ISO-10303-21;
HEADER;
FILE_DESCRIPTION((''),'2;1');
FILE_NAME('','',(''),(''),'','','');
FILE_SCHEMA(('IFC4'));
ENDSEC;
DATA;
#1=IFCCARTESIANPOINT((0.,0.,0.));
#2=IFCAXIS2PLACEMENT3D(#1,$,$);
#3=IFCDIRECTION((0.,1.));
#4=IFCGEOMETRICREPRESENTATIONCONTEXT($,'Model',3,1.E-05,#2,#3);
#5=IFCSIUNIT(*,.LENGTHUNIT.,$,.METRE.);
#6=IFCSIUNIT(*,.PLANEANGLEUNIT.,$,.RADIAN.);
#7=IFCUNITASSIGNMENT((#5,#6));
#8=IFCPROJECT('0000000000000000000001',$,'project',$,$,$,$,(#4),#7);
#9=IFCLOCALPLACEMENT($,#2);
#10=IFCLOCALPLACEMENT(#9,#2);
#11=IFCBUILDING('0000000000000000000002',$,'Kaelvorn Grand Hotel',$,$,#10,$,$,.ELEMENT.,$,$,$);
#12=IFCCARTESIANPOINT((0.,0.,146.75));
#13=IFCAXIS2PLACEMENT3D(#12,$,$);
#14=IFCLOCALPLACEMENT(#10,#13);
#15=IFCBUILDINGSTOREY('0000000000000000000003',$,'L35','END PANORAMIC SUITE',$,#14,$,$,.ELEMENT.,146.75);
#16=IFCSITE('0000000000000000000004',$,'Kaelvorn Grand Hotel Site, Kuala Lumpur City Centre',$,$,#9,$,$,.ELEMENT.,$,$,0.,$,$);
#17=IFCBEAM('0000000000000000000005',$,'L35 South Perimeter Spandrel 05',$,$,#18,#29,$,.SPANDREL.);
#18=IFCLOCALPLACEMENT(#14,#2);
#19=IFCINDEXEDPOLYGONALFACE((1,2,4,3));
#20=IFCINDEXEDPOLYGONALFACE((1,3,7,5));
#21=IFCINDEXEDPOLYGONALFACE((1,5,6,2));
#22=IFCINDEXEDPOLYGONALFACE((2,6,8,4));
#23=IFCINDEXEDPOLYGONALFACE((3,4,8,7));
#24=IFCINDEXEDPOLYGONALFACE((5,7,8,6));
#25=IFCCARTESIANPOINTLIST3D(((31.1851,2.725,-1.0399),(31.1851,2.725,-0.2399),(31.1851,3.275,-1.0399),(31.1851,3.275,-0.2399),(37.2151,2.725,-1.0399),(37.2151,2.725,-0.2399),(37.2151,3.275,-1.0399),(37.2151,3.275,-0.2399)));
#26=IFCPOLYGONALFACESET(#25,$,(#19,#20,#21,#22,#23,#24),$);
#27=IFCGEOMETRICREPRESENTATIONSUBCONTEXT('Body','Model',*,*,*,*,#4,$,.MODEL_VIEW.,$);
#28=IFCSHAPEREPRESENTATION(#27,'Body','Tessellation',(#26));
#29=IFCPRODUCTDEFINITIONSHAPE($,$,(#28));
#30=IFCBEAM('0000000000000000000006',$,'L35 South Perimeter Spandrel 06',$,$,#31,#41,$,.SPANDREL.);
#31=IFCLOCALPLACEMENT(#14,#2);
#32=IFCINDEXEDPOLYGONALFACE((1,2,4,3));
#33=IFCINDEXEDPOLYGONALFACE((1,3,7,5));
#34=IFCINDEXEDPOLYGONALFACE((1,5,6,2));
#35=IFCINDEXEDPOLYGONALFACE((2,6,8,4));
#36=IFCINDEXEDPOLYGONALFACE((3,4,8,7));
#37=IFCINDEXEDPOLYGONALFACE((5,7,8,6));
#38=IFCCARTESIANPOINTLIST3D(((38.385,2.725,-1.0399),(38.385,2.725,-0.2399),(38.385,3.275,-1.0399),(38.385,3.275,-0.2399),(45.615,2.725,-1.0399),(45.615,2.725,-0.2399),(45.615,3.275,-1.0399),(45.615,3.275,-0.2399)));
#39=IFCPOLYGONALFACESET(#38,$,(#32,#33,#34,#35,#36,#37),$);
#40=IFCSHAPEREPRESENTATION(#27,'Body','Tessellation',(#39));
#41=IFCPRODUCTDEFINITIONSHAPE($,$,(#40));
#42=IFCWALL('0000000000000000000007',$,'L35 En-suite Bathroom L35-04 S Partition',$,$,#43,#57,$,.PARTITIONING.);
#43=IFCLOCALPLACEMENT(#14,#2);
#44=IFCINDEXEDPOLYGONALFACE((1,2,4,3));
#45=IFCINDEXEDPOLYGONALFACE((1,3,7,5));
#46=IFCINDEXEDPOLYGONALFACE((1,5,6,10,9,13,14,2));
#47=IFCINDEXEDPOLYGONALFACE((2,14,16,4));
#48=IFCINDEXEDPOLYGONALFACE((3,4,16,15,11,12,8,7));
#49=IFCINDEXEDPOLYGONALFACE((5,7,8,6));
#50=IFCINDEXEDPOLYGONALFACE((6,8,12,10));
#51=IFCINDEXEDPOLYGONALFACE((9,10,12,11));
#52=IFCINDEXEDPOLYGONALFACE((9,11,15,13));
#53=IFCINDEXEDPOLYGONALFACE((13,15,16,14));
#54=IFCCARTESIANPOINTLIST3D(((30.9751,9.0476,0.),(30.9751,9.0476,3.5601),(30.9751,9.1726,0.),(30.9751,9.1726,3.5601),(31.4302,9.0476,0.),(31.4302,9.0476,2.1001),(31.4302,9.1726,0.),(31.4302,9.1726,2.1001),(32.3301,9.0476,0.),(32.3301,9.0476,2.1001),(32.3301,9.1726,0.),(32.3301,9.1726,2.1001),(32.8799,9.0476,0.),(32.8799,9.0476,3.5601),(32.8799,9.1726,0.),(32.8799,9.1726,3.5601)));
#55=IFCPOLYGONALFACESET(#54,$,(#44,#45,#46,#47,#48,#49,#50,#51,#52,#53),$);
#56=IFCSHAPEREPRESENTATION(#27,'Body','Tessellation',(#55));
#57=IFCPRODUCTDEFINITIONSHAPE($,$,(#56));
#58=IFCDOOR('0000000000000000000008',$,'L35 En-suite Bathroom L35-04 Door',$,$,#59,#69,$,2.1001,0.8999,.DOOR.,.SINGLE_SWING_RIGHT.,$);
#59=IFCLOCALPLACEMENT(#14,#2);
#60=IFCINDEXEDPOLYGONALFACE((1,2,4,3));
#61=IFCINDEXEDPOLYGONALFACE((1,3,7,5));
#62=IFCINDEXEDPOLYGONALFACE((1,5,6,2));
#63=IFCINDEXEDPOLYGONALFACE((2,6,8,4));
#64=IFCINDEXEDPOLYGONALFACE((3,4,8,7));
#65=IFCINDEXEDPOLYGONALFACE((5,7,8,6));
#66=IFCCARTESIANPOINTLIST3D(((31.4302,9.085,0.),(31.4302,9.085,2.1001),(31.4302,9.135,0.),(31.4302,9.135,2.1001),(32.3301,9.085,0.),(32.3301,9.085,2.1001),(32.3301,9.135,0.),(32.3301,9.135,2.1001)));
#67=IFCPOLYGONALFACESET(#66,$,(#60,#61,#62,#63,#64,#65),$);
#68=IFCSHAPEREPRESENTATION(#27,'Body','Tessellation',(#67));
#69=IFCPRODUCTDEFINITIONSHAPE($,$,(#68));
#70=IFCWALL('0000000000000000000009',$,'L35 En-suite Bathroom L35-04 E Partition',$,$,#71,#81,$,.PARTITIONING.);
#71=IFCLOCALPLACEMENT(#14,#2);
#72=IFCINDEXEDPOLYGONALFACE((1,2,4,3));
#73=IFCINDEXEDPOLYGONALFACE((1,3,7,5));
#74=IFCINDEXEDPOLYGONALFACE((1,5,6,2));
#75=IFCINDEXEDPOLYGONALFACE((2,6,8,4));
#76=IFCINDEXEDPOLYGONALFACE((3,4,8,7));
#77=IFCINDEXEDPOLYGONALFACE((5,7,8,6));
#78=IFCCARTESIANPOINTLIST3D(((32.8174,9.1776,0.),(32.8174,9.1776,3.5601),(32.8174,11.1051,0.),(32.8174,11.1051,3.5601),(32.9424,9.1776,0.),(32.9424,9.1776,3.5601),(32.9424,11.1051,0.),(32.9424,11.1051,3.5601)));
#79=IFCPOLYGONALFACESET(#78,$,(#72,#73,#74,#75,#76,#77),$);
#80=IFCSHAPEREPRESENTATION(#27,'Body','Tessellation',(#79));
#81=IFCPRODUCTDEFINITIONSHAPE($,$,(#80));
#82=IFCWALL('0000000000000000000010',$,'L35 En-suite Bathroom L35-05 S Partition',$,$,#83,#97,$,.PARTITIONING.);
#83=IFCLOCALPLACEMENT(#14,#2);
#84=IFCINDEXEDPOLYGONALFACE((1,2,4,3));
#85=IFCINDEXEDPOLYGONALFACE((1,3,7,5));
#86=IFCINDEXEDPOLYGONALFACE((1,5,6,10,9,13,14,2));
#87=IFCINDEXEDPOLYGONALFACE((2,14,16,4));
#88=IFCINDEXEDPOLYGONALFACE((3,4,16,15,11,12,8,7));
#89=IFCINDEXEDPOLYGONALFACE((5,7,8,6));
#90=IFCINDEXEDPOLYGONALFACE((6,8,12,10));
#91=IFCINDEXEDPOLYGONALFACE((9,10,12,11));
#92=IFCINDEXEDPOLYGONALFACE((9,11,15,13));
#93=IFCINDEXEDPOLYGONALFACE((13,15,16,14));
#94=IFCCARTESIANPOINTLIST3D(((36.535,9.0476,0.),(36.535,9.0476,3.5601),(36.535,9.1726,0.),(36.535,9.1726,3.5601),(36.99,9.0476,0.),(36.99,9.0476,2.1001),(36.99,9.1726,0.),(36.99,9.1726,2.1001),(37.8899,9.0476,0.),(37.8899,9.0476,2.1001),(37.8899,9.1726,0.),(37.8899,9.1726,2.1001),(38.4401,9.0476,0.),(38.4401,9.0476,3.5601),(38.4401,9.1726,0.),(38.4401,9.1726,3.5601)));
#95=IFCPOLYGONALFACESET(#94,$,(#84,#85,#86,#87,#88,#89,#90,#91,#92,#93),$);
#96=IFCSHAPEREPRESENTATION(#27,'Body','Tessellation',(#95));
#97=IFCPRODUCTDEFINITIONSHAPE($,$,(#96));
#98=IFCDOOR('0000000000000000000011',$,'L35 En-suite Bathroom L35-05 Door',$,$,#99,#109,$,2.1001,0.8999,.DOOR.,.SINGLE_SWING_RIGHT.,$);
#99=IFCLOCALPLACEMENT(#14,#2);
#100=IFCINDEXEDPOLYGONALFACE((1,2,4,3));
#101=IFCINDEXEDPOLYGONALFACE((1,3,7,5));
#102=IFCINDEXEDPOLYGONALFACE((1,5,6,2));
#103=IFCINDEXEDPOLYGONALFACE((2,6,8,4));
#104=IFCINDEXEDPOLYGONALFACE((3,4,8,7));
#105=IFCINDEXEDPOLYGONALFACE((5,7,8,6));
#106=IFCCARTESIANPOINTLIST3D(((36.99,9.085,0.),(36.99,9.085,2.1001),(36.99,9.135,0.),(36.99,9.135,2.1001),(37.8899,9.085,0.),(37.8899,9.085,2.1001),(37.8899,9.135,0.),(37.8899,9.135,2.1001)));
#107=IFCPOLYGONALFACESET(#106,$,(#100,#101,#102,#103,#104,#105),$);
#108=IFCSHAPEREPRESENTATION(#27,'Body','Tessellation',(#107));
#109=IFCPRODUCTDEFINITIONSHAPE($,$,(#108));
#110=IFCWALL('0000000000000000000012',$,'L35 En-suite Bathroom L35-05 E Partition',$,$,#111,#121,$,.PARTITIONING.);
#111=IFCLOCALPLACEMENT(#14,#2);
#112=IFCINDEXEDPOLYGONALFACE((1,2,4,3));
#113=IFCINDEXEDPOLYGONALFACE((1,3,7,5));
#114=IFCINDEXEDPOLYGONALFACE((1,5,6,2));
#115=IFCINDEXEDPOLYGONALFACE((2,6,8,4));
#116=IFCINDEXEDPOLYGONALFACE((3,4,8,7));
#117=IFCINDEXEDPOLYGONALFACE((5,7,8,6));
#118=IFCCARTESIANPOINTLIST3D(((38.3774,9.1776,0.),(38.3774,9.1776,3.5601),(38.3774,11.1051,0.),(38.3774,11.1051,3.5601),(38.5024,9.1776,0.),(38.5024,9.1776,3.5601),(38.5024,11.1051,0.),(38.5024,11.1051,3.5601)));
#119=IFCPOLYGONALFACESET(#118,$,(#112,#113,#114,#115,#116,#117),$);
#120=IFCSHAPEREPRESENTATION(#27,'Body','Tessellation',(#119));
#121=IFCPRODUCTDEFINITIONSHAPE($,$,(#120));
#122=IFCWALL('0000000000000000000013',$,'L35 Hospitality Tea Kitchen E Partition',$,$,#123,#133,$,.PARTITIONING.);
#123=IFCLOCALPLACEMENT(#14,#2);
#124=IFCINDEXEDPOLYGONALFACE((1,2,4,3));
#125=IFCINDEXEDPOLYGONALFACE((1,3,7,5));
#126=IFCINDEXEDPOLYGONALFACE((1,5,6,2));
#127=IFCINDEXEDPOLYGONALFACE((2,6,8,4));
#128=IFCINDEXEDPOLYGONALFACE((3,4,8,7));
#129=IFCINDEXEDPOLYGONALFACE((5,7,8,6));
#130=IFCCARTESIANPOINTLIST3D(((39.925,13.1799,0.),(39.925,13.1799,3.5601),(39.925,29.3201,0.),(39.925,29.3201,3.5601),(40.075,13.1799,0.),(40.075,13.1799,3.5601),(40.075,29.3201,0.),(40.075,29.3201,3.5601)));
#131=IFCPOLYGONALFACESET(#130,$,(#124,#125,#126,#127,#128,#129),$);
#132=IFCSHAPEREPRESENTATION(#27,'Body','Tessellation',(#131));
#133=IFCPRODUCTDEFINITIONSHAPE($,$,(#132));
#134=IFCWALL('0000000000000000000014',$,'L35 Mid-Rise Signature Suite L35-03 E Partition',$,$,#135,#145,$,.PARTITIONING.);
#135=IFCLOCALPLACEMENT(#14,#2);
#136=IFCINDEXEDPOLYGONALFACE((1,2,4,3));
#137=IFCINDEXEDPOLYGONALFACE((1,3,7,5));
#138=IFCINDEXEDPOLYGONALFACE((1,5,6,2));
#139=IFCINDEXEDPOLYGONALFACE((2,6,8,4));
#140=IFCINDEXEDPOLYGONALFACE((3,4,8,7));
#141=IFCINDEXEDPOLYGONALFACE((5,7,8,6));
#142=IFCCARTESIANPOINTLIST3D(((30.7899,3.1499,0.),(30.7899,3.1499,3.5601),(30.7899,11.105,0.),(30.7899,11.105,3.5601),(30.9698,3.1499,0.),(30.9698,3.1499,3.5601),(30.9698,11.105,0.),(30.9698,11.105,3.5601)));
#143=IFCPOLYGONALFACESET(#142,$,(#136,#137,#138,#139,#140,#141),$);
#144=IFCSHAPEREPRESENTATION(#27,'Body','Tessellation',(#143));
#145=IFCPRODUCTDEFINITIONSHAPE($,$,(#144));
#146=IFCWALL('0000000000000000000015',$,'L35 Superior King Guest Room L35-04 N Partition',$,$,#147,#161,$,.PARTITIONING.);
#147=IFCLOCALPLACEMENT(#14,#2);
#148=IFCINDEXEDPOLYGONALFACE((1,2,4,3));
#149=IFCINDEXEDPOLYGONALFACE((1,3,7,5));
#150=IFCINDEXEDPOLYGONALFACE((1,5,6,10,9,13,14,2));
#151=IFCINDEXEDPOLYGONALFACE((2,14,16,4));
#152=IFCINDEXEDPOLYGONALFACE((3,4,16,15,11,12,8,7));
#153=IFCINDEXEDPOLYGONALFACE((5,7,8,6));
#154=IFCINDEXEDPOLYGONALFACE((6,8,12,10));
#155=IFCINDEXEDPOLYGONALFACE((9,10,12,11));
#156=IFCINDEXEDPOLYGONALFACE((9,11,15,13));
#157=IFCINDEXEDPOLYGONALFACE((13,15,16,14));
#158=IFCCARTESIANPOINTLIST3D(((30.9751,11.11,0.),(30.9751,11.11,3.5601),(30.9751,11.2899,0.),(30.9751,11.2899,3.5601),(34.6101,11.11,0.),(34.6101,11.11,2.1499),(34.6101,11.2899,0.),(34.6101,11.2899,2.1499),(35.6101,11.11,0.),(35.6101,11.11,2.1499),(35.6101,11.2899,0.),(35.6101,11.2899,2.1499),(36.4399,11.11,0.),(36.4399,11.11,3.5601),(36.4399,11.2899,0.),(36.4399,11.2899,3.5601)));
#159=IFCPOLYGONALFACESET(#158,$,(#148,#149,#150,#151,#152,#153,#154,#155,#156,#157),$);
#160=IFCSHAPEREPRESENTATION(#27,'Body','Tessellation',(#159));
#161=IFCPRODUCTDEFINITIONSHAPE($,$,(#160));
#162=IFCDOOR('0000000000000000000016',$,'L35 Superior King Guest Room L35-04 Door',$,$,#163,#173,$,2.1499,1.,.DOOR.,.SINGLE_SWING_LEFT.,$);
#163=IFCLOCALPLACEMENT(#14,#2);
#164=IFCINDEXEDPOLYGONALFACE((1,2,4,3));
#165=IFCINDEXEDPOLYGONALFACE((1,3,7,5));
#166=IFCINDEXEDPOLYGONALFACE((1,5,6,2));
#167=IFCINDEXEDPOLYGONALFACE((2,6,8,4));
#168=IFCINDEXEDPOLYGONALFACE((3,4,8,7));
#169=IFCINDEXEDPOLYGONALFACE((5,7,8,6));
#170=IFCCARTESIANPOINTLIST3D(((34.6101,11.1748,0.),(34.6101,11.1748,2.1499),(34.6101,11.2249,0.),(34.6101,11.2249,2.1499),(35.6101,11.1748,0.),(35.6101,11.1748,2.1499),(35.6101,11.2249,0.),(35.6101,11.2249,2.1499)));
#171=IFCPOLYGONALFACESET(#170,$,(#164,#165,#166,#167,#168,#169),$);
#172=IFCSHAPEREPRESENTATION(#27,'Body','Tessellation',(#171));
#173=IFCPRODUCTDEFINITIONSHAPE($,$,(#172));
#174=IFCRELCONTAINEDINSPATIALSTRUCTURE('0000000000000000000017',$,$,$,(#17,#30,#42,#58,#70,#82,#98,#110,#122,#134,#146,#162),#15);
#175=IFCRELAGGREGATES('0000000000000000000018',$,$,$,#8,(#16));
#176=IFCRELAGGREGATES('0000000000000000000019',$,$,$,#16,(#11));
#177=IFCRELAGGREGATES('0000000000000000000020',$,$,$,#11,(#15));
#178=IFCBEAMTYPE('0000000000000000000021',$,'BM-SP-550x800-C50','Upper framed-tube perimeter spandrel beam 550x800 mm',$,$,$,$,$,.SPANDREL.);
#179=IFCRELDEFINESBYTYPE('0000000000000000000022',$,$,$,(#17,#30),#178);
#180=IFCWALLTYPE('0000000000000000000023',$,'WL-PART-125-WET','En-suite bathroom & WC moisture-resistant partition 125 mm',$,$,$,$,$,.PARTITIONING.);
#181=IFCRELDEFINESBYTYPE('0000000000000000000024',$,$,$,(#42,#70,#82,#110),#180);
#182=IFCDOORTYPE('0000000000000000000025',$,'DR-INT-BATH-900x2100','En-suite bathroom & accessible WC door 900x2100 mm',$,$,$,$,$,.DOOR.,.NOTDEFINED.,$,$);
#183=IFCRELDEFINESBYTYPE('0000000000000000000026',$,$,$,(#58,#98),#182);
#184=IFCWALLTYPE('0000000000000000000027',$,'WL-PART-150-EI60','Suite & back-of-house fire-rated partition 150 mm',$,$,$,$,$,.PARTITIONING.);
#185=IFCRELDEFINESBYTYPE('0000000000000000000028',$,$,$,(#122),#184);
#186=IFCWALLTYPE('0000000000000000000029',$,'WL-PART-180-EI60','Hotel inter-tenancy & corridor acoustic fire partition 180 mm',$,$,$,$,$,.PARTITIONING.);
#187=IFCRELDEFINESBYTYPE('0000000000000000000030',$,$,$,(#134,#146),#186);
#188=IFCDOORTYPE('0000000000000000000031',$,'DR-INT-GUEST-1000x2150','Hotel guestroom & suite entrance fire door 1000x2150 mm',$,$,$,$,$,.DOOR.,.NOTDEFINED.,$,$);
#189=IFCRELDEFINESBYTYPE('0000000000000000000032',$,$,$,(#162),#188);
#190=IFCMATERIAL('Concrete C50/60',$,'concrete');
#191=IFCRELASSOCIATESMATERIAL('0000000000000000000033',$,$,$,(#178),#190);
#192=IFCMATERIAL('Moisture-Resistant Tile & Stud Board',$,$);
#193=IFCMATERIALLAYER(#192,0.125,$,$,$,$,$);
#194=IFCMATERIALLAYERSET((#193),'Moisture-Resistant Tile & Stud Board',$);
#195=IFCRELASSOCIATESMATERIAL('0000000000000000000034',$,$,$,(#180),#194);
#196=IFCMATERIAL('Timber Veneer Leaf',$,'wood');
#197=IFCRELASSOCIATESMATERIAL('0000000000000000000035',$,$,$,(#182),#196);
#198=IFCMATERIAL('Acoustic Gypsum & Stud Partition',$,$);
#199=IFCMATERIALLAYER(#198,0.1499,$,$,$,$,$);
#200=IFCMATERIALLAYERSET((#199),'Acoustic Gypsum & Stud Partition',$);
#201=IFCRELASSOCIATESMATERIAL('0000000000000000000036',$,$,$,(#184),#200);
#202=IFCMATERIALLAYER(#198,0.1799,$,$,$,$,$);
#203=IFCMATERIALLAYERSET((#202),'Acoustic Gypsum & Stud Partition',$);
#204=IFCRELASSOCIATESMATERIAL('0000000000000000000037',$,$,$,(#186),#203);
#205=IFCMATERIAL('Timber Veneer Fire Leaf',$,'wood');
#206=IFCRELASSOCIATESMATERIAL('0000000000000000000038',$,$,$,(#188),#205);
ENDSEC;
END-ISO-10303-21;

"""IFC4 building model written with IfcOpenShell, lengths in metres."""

from ifc_helpers import new_model, si_unit, direction, frame, frame_2d, origin, origin_2d, place, context, subcontext, project, spatial, rectangle, extrude, material, layer, layer_set, material_profile, profile_set, type_object, element, fill, save


model = new_model("IFC4")

# Units and contexts
model_context = context("Model", 3, precision=1e-05, world=origin(), true_north=direction((0.0, 1.0)))
body_context = subcontext(model_context, "Body", "Model", "MODEL_VIEW")
ifc_project = project(units=[si_unit("LENGTHUNIT", "METRE"), si_unit("PLANEANGLEUNIT", "RADIAN")], contexts=[model_context])

# Site, building, storey
site_placement = place(None, origin())
site = spatial("IfcSite", under=ifc_project, at=site_placement, Name="Kaelvorn Grand Hotel Site, Kuala Lumpur City Centre", CompositionType="ELEMENT", RefElevation=0.0)
building_placement = place(site_placement, origin())
building = spatial("IfcBuilding", under=site, at=building_placement, Name="Kaelvorn Grand Hotel", CompositionType="ELEMENT")
storey_placement = place(building_placement, frame((0.0, 0.0, 146.75)))
storey = spatial("IfcBuildingStorey", under=building, at=storey_placement, Name="L35", Description="END PANORAMIC SUITE", CompositionType="ELEMENT", Elevation=146.75)

# Beams
ifc_material_1 = material(Name="Concrete C50/60", Category="concrete")
ifc_material_profile_1 = material_profile(ifc_material_1, rectangle(XDim=0.55, YDim=0.8, at=origin_2d()), Name="RC SPANDREL 550x800")
ifc_profile_set_1 = profile_set([ifc_material_profile_1], Name="Concrete C50/60")
beam_type_1 = type_object("IfcBeamType", Name="BM-SP-550x800-C50", Description="Upper framed-tube perimeter spandrel beam 550x800 mm", PredefinedType="SPANDREL", material=ifc_profile_set_1)
beam_1_placement = place(storey_placement, frame((31.1851, 3.0, -0.6399), z_axis=(1.0, 0.0, 0.0), x_axis=(0.0, 1.0, 0.0)))
element("IfcBeam", 1, at=beam_1_placement, inside=storey, type_object=beam_type_1, Name="L35 South Perimeter Spandrel 05", PredefinedType="SPANDREL", context=body_context, shape_type="SweptSolid", body=[
    extrude(rectangle(XDim=0.55, YDim=0.8, at=origin_2d()), origin(), (0.0, 0.0, 1.0), 6.03),
])
beam_2_placement = place(storey_placement, frame((38.385, 3.0, -0.6399), z_axis=(1.0, 0.0, 0.0), x_axis=(0.0, 1.0, 0.0)))
element("IfcBeam", 2, at=beam_2_placement, inside=storey, type_object=beam_type_1, Name="L35 South Perimeter Spandrel 06", PredefinedType="SPANDREL", context=body_context, shape_type="SweptSolid", body=[
    extrude(rectangle(XDim=0.55, YDim=0.8, at=origin_2d()), origin(), (0.0, 0.0, 1.0), 7.23),
])

# Wall, opening, door
ifc_material_2 = material(Name="Moisture-Resistant Tile & Stud Board")
ifc_layer_1 = layer(ifc_material_2, 0.125)
ifc_layer_set_1 = layer_set([ifc_layer_1], Name="Moisture-Resistant Tile & Stud Board")
wall_type_1 = type_object("IfcWallType", Name="WL-PART-125-WET", Description="En-suite bathroom & WC moisture-resistant partition 125 mm", PredefinedType="PARTITIONING", material=ifc_layer_set_1)
wall_1_placement = place(storey_placement, frame((30.9751, 9.1101, 0.0), z_axis=(0.0, 0.0, 1.0), x_axis=(1.0, 0.0, 0.0)))
wall_1 = element("IfcWall", 3, at=wall_1_placement, inside=storey, type_object=wall_type_1, Name="L35 En-suite Bathroom L35-04 S Partition", PredefinedType="PARTITIONING", context=body_context, shape_type="SweptSolid", body=[
    extrude(rectangle(XDim=1.9048, YDim=0.125, at=frame_2d((0.9524, 0.0))), origin(), (0.0, 0.0, 1.0), 3.5601),
])
opening_1_placement = place(wall_1_placement, frame((0.4551, 0.0, 0.0)))
opening_1 = element("IfcOpeningElement", 4, at=opening_1_placement, cuts=wall_1, PredefinedType="OPENING", context=body_context, shape_type="SweptSolid", body=[
    extrude(rectangle(XDim=0.8999, YDim=2.1001, at=frame_2d((0.45, 1.05))), frame((0.0, 0.0725, 0.0), z_axis=(0.0, -1.0, 0.0), x_axis=(1.0, 0.0, 0.0)), (0.0, 0.0, 1.0), 0.145),
])
ifc_material_3 = material(Name="Timber Veneer Leaf", Category="wood")
door_type_1 = type_object("IfcDoorType", Name="DR-INT-BATH-900x2100", Description="En-suite bathroom & accessible WC door 900x2100 mm", OperationType="NOTDEFINED", PredefinedType="DOOR", material=ifc_material_3)
door_1_placement = place(opening_1_placement, origin())
door_1 = element("IfcDoor", 5, at=door_1_placement, inside=storey, type_object=door_type_1, Name="L35 En-suite Bathroom L35-04 Door", OperationType="SINGLE_SWING_RIGHT", OverallHeight=2.1001, OverallWidth=0.8999, PredefinedType="DOOR", context=body_context, shape_type="SweptSolid", body=[
    extrude(rectangle(XDim=0.8999, YDim=2.1001, at=frame_2d((0.45, 1.05))), frame((0.0, 0.0249, 0.0), z_axis=(0.0, -1.0, 0.0), x_axis=(1.0, 0.0, 0.0)), (0.0, 0.0, 1.0), 0.05),
])
fill(opening_1, door_1)

# Wall
wall_2_placement = place(storey_placement, frame((32.8799, 9.1775, 0.0), z_axis=(0.0, 0.0, 1.0), x_axis=(0.0, 1.0, 0.0)))
element("IfcWall", 6, at=wall_2_placement, inside=storey, type_object=wall_type_1, Name="L35 En-suite Bathroom L35-04 E Partition", PredefinedType="PARTITIONING", context=body_context, shape_type="SweptSolid", body=[
    extrude(rectangle(XDim=1.9275, YDim=0.125, at=frame_2d((0.9639, 0.0))), origin(), (0.0, 0.0, 1.0), 3.5601),
])

# Wall, opening, door
wall_3_placement = place(storey_placement, frame((36.5349, 9.1101, 0.0), z_axis=(0.0, 0.0, 1.0), x_axis=(1.0, 0.0, 0.0)))
wall_3 = element("IfcWall", 7, at=wall_3_placement, inside=storey, type_object=wall_type_1, Name="L35 En-suite Bathroom L35-05 S Partition", PredefinedType="PARTITIONING", context=body_context, shape_type="SweptSolid", body=[
    extrude(rectangle(XDim=1.905, YDim=0.125, at=frame_2d((0.9526, 0.0))), origin(), (0.0, 0.0, 1.0), 3.5601),
])
opening_2_placement = place(wall_3_placement, frame((0.4551, 0.0, 0.0)))
opening_2 = element("IfcOpeningElement", 8, at=opening_2_placement, cuts=wall_3, PredefinedType="OPENING", context=body_context, shape_type="SweptSolid", body=[
    extrude(rectangle(XDim=0.8999, YDim=2.1001, at=frame_2d((0.45, 1.05))), frame((0.0, 0.0725, 0.0), z_axis=(0.0, -1.0, 0.0), x_axis=(1.0, 0.0, 0.0)), (0.0, 0.0, 1.0), 0.145),
])
door_2_placement = place(opening_2_placement, origin())
door_2 = element("IfcDoor", 9, at=door_2_placement, inside=storey, type_object=door_type_1, Name="L35 En-suite Bathroom L35-05 Door", OperationType="SINGLE_SWING_RIGHT", OverallHeight=2.1001, OverallWidth=0.8999, PredefinedType="DOOR", context=body_context, shape_type="SweptSolid", body=[
    extrude(rectangle(XDim=0.8999, YDim=2.1001, at=frame_2d((0.45, 1.05))), frame((0.0, 0.0249, 0.0), z_axis=(0.0, -1.0, 0.0), x_axis=(1.0, 0.0, 0.0)), (0.0, 0.0, 1.0), 0.05),
])
fill(opening_2, door_2)

# Walls
wall_4_placement = place(storey_placement, frame((38.4399, 9.1775, 0.0), z_axis=(0.0, 0.0, 1.0), x_axis=(0.0, 1.0, 0.0)))
element("IfcWall", 10, at=wall_4_placement, inside=storey, type_object=wall_type_1, Name="L35 En-suite Bathroom L35-05 E Partition", PredefinedType="PARTITIONING", context=body_context, shape_type="SweptSolid", body=[
    extrude(rectangle(XDim=1.9275, YDim=0.125, at=frame_2d((0.9639, 0.0))), origin(), (0.0, 0.0, 1.0), 3.5601),
])
ifc_material_4 = material(Name="Acoustic Gypsum & Stud Partition")
ifc_layer_2 = layer(ifc_material_4, 0.1499)
ifc_layer_set_2 = layer_set([ifc_layer_2], Name="Acoustic Gypsum & Stud Partition")
wall_type_2 = type_object("IfcWallType", Name="WL-PART-150-EI60", Description="Suite & back-of-house fire-rated partition 150 mm", PredefinedType="PARTITIONING", material=ifc_layer_set_2)
wall_5_placement = place(storey_placement, frame((40.0, 13.1799, 0.0), z_axis=(0.0, 0.0, 1.0), x_axis=(0.0, 1.0, 0.0)))
element("IfcWall", 11, at=wall_5_placement, inside=storey, type_object=wall_type_2, Name="L35 Hospitality Tea Kitchen E Partition", PredefinedType="PARTITIONING", context=body_context, shape_type="SweptSolid", body=[
    extrude(rectangle(XDim=16.1401, YDim=0.1499, at=frame_2d((8.0701, 0.0))), origin(), (0.0, 0.0, 1.0), 3.5601),
])
ifc_layer_3 = layer(ifc_material_4, 0.1799)
ifc_layer_set_3 = layer_set([ifc_layer_3], Name="Acoustic Gypsum & Stud Partition")
wall_type_3 = type_object("IfcWallType", Name="WL-PART-180-EI60", Description="Hotel inter-tenancy & corridor acoustic fire partition 180 mm", PredefinedType="PARTITIONING", material=ifc_layer_set_3)
wall_6_placement = place(storey_placement, frame((30.8799, 3.1499, 0.0), z_axis=(0.0, 0.0, 1.0), x_axis=(0.0, 1.0, 0.0)))
element("IfcWall", 12, at=wall_6_placement, inside=storey, type_object=wall_type_3, Name="L35 Mid-Rise Signature Suite L35-03 E Partition", PredefinedType="PARTITIONING", context=body_context, shape_type="SweptSolid", body=[
    extrude(rectangle(XDim=7.9551, YDim=0.1799, at=frame_2d((3.9775, 0.0))), origin(), (0.0, 0.0, 1.0), 3.5601),
])

# Wall, opening, door
wall_7_placement = place(storey_placement, frame((30.9751, 11.2, 0.0), z_axis=(0.0, 0.0, 1.0), x_axis=(1.0, 0.0, 0.0)))
wall_7 = element("IfcWall", 13, at=wall_7_placement, inside=storey, type_object=wall_type_3, Name="L35 Superior King Guest Room L35-04 N Partition", PredefinedType="PARTITIONING", context=body_context, shape_type="SweptSolid", body=[
    extrude(rectangle(XDim=5.4648, YDim=0.1799, at=frame_2d((2.7324, 0.0))), origin(), (0.0, 0.0, 1.0), 3.5601),
])
opening_3_placement = place(wall_7_placement, frame((3.635, 0.0, 0.0)))
opening_3 = element("IfcOpeningElement", 14, at=opening_3_placement, cuts=wall_7, PredefinedType="OPENING", context=body_context, shape_type="SweptSolid", body=[
    extrude(rectangle(XDim=1.0, YDim=2.1499, at=frame_2d((0.5, 1.075))), frame((0.0, 0.1001, 0.0), z_axis=(0.0, -1.0, 0.0), x_axis=(1.0, 0.0, 0.0)), (0.0, 0.0, 1.0), 0.2),
])
ifc_material_5 = material(Name="Timber Veneer Fire Leaf", Category="wood")
door_type_2 = type_object("IfcDoorType", Name="DR-INT-GUEST-1000x2150", Description="Hotel guestroom & suite entrance fire door 1000x2150 mm", OperationType="NOTDEFINED", PredefinedType="DOOR", material=ifc_material_5)
door_3_placement = place(opening_3_placement, origin())
door_3 = element("IfcDoor", 15, at=door_3_placement, inside=storey, type_object=door_type_2, Name="L35 Superior King Guest Room L35-04 Door", OperationType="SINGLE_SWING_LEFT", OverallHeight=2.1499, OverallWidth=1.0, PredefinedType="DOOR", context=body_context, shape_type="SweptSolid", body=[
    extrude(rectangle(XDim=1.0, YDim=2.1499, at=frame_2d((0.5, 1.075))), frame((0.0, 0.0249, 0.0), z_axis=(0.0, -1.0, 0.0), x_axis=(1.0, 0.0, 0.0)), (0.0, 0.0, 1.0), 0.05),
])
fill(opening_3, door_3)

save(model, "model.ifc")
